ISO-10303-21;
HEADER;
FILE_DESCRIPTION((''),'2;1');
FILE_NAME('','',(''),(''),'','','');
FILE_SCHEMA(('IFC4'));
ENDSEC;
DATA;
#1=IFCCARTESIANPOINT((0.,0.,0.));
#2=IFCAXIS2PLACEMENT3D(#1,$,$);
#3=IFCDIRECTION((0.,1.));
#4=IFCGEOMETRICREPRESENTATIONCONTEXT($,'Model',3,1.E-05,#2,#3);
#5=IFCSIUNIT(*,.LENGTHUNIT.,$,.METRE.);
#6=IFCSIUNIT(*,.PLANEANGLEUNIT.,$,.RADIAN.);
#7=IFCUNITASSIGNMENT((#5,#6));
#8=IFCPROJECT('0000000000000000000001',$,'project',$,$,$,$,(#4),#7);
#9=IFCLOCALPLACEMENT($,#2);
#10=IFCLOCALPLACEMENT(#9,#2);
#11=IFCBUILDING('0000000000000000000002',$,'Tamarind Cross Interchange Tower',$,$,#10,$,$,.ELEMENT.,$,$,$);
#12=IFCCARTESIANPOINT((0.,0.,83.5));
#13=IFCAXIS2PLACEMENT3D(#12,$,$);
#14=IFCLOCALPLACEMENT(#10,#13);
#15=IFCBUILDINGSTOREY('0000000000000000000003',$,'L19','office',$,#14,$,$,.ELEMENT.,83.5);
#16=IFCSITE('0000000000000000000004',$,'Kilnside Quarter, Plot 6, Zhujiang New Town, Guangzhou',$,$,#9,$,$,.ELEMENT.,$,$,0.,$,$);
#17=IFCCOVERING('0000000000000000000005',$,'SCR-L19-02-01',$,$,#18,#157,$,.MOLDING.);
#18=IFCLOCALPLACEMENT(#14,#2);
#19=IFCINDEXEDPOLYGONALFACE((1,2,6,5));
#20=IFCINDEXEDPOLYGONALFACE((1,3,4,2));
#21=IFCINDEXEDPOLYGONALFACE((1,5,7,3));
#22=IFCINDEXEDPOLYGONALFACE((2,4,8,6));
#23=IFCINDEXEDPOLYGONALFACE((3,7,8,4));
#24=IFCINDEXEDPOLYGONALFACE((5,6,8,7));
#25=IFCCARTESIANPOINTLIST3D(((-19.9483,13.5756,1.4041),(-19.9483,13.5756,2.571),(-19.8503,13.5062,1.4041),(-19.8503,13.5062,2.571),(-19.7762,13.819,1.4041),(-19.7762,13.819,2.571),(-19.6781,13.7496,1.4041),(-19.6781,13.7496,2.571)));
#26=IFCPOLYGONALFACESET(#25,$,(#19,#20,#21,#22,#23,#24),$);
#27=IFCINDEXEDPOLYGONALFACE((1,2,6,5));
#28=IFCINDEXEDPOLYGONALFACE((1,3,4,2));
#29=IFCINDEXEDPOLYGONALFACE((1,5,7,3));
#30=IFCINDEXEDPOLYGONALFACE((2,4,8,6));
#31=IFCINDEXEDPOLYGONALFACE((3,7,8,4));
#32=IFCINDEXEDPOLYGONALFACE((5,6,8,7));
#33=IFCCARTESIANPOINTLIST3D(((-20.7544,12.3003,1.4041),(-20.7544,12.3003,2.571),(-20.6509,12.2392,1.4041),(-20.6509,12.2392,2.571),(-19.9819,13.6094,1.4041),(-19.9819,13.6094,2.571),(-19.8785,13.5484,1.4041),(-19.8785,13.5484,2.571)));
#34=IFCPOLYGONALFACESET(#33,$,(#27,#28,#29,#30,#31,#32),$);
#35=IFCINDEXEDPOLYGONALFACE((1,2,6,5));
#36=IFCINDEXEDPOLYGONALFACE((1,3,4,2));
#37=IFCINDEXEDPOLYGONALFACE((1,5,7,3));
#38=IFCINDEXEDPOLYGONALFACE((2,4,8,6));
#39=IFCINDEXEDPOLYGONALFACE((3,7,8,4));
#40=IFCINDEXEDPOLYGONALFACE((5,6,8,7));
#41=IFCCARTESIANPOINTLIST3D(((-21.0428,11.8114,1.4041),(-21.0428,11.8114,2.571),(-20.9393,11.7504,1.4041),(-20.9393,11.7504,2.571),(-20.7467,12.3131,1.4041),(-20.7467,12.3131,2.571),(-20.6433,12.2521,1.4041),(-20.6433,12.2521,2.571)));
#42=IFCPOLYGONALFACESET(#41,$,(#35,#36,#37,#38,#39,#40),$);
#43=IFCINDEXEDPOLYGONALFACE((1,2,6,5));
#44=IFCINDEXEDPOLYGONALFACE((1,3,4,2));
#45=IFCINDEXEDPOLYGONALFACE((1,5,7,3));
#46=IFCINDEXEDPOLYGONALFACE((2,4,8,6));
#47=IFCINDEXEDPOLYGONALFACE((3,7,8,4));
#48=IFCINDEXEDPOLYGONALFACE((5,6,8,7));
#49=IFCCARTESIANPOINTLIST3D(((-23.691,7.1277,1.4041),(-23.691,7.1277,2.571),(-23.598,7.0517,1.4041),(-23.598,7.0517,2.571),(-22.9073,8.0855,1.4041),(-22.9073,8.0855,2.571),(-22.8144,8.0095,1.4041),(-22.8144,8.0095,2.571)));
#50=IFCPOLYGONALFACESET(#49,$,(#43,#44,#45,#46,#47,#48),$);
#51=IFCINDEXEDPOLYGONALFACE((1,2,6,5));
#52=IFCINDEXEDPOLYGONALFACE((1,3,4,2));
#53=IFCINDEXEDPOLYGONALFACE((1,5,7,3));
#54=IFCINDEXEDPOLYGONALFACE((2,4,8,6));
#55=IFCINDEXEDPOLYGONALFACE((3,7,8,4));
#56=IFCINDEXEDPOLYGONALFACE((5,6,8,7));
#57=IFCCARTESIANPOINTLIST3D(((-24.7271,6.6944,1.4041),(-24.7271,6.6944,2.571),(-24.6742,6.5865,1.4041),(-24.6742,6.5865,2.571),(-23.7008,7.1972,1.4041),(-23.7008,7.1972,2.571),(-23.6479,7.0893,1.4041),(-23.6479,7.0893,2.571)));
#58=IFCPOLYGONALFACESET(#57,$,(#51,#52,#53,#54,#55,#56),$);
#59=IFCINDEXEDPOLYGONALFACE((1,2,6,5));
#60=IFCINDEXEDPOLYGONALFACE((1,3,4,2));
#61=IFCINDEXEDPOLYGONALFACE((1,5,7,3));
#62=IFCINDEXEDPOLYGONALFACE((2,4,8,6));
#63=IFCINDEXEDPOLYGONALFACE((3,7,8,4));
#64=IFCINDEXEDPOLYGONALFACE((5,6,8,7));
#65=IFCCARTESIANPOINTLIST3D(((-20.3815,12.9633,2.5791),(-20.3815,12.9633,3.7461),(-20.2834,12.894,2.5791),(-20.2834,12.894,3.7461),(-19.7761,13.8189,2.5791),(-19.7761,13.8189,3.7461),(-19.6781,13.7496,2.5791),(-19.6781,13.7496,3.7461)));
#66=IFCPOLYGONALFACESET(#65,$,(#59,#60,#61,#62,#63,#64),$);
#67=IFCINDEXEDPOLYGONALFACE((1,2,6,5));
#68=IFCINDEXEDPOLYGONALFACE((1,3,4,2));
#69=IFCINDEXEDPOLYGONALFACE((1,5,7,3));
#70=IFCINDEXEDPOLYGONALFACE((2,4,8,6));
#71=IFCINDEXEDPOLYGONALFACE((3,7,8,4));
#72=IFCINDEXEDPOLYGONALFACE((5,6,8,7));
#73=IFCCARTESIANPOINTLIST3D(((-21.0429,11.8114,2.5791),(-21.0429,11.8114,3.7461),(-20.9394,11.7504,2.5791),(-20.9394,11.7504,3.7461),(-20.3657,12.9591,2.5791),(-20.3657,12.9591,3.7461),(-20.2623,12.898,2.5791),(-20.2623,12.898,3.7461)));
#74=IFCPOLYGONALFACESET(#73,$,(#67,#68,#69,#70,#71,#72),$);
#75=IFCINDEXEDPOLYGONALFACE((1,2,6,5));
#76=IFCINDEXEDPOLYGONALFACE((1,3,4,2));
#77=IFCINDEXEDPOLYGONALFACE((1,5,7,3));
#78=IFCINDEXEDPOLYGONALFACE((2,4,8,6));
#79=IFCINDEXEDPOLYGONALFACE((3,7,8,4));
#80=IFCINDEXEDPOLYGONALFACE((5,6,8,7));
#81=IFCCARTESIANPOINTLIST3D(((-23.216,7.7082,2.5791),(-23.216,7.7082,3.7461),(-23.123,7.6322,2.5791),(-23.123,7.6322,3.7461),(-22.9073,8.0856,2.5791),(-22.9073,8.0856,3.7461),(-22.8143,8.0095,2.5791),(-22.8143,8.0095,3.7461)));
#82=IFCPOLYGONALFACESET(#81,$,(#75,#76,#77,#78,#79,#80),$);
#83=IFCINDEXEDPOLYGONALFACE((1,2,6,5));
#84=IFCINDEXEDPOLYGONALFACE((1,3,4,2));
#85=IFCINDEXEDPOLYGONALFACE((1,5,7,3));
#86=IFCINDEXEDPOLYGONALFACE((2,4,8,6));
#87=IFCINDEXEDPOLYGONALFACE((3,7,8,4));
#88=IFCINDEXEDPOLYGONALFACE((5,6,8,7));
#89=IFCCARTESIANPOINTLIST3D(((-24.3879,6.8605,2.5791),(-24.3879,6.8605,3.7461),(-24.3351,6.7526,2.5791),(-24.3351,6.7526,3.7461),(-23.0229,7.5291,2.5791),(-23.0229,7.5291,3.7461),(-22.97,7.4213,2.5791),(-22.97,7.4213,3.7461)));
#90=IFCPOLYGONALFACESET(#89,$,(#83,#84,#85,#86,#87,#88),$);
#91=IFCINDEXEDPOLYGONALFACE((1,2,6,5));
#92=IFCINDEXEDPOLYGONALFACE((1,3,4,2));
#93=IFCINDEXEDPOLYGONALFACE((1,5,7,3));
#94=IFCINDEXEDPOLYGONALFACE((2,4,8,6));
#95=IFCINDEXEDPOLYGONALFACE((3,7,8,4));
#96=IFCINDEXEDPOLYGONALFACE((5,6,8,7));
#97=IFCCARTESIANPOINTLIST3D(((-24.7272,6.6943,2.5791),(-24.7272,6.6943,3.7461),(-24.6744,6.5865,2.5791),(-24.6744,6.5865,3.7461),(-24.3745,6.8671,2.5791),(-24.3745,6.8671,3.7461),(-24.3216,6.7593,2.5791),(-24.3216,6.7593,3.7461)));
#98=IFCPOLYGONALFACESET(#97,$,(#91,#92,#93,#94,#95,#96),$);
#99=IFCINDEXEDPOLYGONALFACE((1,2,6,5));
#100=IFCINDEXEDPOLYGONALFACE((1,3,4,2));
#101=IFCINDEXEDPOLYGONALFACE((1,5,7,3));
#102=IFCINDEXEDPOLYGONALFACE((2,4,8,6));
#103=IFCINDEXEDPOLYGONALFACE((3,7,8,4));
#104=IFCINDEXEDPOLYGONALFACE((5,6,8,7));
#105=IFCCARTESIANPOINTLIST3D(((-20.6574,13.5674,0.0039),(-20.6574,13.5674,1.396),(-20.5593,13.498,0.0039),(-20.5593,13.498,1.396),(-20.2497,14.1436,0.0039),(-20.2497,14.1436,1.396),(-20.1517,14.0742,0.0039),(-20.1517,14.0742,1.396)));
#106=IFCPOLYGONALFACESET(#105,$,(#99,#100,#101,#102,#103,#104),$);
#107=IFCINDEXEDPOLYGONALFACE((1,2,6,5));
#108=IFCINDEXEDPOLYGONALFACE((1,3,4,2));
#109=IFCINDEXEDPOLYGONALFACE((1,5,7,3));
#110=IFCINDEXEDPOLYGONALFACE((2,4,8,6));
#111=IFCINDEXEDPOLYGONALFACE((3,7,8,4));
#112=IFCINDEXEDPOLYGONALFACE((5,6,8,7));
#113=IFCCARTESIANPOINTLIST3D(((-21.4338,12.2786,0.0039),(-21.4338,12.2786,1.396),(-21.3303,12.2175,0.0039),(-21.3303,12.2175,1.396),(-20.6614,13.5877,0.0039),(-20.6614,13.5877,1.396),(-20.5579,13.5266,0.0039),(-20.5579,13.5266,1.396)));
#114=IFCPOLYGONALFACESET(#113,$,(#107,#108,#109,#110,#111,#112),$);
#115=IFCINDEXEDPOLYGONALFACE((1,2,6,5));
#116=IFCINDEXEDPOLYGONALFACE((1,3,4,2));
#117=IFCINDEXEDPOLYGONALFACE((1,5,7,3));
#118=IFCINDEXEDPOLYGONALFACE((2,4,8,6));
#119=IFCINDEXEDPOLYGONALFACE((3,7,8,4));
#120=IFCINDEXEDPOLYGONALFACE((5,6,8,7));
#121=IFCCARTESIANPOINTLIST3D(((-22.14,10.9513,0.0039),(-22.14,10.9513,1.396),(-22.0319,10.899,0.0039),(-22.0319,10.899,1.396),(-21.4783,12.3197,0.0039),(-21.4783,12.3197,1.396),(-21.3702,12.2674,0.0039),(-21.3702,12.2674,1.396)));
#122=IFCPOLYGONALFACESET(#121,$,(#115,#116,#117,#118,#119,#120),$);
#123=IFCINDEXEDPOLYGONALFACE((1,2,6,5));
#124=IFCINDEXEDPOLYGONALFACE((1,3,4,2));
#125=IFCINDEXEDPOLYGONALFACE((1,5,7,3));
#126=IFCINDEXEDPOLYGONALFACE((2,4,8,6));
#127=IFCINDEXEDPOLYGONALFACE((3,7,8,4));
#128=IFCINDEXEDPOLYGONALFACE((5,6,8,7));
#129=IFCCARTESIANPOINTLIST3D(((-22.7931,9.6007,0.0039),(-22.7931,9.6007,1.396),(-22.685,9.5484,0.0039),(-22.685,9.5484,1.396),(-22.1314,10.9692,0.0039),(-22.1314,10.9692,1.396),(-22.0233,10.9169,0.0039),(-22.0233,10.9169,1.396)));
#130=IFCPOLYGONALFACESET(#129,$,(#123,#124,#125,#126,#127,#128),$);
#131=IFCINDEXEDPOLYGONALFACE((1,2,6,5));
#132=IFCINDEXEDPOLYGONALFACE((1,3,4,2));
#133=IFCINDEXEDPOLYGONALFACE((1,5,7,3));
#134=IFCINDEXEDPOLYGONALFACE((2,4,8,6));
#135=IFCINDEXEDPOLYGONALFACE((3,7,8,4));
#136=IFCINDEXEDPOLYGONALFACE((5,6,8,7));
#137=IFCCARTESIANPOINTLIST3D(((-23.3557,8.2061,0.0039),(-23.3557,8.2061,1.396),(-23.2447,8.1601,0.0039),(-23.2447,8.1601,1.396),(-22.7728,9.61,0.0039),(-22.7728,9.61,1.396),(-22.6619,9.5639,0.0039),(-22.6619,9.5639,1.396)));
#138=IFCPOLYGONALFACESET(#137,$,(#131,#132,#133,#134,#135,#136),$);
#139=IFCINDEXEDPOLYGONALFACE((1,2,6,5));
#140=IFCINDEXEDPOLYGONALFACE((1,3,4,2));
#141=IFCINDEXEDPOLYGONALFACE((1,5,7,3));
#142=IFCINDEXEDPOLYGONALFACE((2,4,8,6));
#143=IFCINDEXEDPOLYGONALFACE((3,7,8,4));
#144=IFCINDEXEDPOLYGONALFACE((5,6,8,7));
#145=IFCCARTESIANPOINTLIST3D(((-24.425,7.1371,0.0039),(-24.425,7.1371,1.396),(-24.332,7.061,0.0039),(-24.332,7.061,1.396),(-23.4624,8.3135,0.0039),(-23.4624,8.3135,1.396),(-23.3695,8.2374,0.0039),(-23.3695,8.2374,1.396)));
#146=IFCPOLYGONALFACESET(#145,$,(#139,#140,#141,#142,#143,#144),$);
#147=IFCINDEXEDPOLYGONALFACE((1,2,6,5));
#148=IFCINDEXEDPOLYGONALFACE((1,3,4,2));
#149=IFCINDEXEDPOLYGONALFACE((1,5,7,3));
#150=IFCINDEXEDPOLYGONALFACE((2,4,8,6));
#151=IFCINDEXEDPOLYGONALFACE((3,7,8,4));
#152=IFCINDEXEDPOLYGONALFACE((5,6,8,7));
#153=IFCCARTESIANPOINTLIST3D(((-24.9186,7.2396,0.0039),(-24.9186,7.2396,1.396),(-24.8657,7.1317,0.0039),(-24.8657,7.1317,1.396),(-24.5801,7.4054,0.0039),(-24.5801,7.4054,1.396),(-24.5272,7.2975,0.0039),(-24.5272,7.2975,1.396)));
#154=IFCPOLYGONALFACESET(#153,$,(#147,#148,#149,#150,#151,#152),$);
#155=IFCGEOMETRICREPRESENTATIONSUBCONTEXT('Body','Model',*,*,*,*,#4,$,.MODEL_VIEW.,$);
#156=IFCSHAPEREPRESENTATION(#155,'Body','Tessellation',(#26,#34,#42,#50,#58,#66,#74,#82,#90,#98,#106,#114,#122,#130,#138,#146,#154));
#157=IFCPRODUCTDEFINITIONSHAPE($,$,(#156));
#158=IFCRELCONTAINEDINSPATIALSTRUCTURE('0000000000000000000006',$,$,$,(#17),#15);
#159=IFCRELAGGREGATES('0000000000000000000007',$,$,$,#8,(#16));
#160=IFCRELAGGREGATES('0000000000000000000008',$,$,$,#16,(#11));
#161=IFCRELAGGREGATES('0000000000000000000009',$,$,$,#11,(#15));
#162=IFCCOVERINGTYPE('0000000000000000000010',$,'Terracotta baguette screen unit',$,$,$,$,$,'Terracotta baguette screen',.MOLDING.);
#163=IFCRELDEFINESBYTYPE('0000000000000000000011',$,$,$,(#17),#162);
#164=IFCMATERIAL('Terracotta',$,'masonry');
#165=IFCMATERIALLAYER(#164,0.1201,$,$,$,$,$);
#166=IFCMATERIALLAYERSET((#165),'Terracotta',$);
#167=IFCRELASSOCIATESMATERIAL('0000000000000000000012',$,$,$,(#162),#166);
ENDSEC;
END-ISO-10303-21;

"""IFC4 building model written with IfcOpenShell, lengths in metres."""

from ifc_helpers import new_model, si_unit, direction, frame, origin, origin_2d, place, context, subcontext, project, spatial, rectangle, extrude, material, layer, layer_set, type_object, element, save


model = new_model("IFC4")

# Units and contexts
model_context = context("Model", 3, precision=1e-05, world=origin(), true_north=direction((0.0, 1.0)))
body_context = subcontext(model_context, "Body", "Model", "MODEL_VIEW")
ifc_project = project(units=[si_unit("LENGTHUNIT", "METRE"), si_unit("PLANEANGLEUNIT", "RADIAN")], contexts=[model_context])

# Site, building, storey
site_placement = place(None, origin())
site = spatial("IfcSite", under=ifc_project, at=site_placement, Name="Kilnside Quarter, Plot 6, Zhujiang New Town, Guangzhou", CompositionType="ELEMENT", RefElevation=0.0)
building_placement = place(site_placement, origin())
building = spatial("IfcBuilding", under=site, at=building_placement, Name="Tamarind Cross Interchange Tower", CompositionType="ELEMENT")
storey_placement = place(building_placement, frame((0.0, 0.0, 83.5)))
storey = spatial("IfcBuildingStorey", under=building, at=storey_placement, Name="L19", Description="office", CompositionType="ELEMENT", Elevation=83.5)

# Covering
ifc_material_1 = material(Name="Terracotta", Category="masonry")
ifc_layer_1 = layer(ifc_material_1, 0.1201)
ifc_layer_set_1 = layer_set([ifc_layer_1], Name="Terracotta")
covering_type = type_object("IfcCoveringType", Name="Terracotta baguette screen unit", ElementType="Terracotta baguette screen", PredefinedType="MOLDING", material=ifc_layer_set_1)
covering_1_placement = place(storey_placement, origin())
element("IfcCovering", 1, at=covering_1_placement, inside=storey, type_object=covering_type, Name="SCR-L19-02-01", PredefinedType="MOLDING", context=body_context, shape_type="SweptSolid", body=[
    extrude(rectangle(XDim=0.2981, YDim=0.1201, at=origin_2d()), frame((-19.8132, 13.6626, 1.4041), z_axis=(0.0, 0.0, 1.0), x_axis=(-0.577569, -0.816342, 0.0)), (0.0, 0.0, 1.0), 1.167),
    extrude(rectangle(XDim=1.52, YDim=0.1201, at=origin_2d()), frame((-20.3164, 12.9243, 1.4041), z_axis=(0.0, 0.0, 1.0), x_axis=(-0.508183, -0.861249, 0.0)), (0.0, 0.0, 1.0), 1.167),
    extrude(rectangle(XDim=0.5825, YDim=0.1201, at=origin_2d()), frame((-20.843, 12.0317, 1.4041), z_axis=(0.0, 0.0, 1.0), x_axis=(-0.508183, -0.861249, 0.0)), (0.0, 0.0, 1.0), 1.167),
    extrude(rectangle(XDim=1.2375, YDim=0.1201, at=origin_2d()), frame((-23.2527, 7.5686, 1.4041), z_axis=(0.0, 0.0, 1.0), x_axis=(-0.633231, -0.773963, 0.0)), (0.0, 0.0, 1.0), 1.167),
    extrude(rectangle(XDim=1.1428, YDim=0.1201, at=origin_2d()), frame((-24.1875, 6.8918, 1.4041), z_axis=(0.0, 0.0, 1.0), x_axis=(-0.898037, -0.439921, 0.0)), (0.0, 0.0, 1.0), 1.167),
    extrude(rectangle(XDim=1.0481, YDim=0.1201, at=origin_2d()), frame((-20.0298, 13.3564, 2.5791), z_axis=(0.0, 0.0, 1.0), x_axis=(-0.577569, -0.816342, 0.0)), (0.0, 0.0, 1.0), 1.167),
    extrude(rectangle(XDim=1.3325, YDim=0.1201, at=origin_2d()), frame((-20.6526, 12.3547, 2.5791), z_axis=(0.0, 0.0, 1.0), x_axis=(-0.508183, -0.861249, 0.0)), (0.0, 0.0, 1.0), 1.167),
    extrude(rectangle(XDim=0.4875, YDim=0.1201, at=origin_2d()), frame((-23.0151, 7.8589, 2.5791), z_axis=(0.0, 0.0, 1.0), x_axis=(-0.633231, -0.773963, 0.0)), (0.0, 0.0, 1.0), 1.167),
    extrude(rectangle(XDim=1.52, YDim=0.1201, at=origin_2d()), frame((-23.679, 7.1409, 2.5791), z_axis=(0.0, 0.0, 1.0), x_axis=(-0.898037, -0.439921, 0.0)), (0.0, 0.0, 1.0), 1.167),
    extrude(rectangle(XDim=0.3928, YDim=0.1201, at=origin_2d()), frame((-24.5244, 6.7268, 2.5791), z_axis=(0.0, 0.0, 1.0), x_axis=(-0.898037, -0.439921, 0.0)), (0.0, 0.0, 1.0), 1.167),
    extrude(rectangle(XDim=0.7058, YDim=0.1201, at=origin_2d()), frame((-20.4045, 13.8208, 0.0039), z_axis=(0.0, 0.0, 1.0), x_axis=(-0.577569, -0.816342, 0.0)), (0.0, 0.0, 1.0), 1.3921),
    extrude(rectangle(XDim=1.52, YDim=0.1201, at=origin_2d()), frame((-20.9958, 12.9026, 0.0039), z_axis=(0.0, 0.0, 1.0), x_axis=(-0.508183, -0.861249, 0.0)), (0.0, 0.0, 1.0), 1.3921),
    extrude(rectangle(XDim=1.52, YDim=0.1201, at=origin_2d()), frame((-21.7551, 11.6094, 0.0039), z_axis=(0.0, 0.0, 1.0), x_axis=(-0.435326, -0.900273, 0.0)), (0.0, 0.0, 1.0), 1.3921),
    extrude(rectangle(XDim=1.52, YDim=0.1201, at=origin_2d()), frame((-22.4082, 10.2588, 0.0039), z_axis=(0.0, 0.0, 1.0), x_axis=(-0.435326, -0.900273, 0.0)), (0.0, 0.0, 1.0), 1.3921),
    extrude(rectangle(XDim=1.52, YDim=0.1201, at=origin_2d()), frame((-23.0088, 8.885, 0.0039), z_axis=(0.0, 0.0, 1.0), x_axis=(-0.383445, -0.923564, 0.0)), (0.0, 0.0, 1.0), 1.3921),
    extrude(rectangle(XDim=1.52, YDim=0.1201, at=origin_2d()), frame((-23.8972, 7.6873, 0.0039), z_axis=(0.0, 0.0, 1.0), x_axis=(-0.633231, -0.773963, 0.0)), (0.0, 0.0, 1.0), 1.3921),
    extrude(rectangle(XDim=0.377, YDim=0.1201, at=origin_2d()), frame((-24.7229, 7.2686, 0.0039), z_axis=(0.0, 0.0, 1.0), x_axis=(-0.898037, -0.439921, 0.0)), (0.0, 0.0, 1.0), 1.3921),
])

save(model, "model.ifc")
